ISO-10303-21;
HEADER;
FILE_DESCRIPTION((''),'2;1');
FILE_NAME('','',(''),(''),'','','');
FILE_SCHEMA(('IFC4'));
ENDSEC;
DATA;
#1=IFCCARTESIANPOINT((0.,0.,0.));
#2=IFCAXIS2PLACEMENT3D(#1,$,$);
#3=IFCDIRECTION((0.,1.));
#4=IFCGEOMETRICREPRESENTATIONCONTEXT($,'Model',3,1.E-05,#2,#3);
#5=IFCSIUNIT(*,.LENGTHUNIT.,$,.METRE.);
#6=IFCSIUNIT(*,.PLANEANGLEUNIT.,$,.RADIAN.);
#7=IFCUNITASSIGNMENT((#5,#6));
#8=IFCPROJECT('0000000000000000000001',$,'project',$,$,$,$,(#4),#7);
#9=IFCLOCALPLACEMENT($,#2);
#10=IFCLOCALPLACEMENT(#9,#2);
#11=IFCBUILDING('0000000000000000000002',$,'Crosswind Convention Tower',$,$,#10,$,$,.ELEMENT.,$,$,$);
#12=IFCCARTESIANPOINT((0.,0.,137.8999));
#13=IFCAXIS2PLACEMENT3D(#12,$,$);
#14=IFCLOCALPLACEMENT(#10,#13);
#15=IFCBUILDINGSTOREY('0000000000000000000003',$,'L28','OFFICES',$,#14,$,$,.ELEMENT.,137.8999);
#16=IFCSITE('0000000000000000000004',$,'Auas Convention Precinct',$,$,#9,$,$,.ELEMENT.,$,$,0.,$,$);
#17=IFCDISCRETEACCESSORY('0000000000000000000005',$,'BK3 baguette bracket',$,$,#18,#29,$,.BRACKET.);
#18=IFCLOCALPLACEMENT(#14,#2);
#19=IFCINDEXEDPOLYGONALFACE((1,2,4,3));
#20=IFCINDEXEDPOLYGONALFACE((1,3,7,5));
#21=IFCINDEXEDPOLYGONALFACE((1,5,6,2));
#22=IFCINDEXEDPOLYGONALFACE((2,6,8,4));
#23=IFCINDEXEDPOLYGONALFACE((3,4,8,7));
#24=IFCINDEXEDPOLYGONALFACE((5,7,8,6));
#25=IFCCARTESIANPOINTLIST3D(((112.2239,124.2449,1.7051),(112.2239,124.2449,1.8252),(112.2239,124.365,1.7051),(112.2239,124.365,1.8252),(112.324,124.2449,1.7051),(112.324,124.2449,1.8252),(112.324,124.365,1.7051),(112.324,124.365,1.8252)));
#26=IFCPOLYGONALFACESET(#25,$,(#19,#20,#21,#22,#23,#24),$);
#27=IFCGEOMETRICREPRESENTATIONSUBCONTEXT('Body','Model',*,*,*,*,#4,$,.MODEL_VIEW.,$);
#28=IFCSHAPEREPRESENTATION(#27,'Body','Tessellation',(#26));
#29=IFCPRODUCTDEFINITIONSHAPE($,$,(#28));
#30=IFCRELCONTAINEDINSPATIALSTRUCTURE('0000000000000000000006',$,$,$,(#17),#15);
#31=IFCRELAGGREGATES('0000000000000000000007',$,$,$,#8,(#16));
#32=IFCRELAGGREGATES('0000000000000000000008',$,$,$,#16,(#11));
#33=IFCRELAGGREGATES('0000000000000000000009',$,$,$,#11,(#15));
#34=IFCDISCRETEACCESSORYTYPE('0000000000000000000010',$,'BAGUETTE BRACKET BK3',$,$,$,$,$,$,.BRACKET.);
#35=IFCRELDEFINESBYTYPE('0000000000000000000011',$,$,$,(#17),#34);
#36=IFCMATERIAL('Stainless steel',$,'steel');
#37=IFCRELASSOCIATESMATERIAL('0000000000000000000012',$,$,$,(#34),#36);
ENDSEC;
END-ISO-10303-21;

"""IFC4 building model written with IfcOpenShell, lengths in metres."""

from ifc_helpers import new_model, si_unit, direction, frame, origin, origin_2d, place, context, subcontext, project, spatial, rectangle, extrude, material, type_object, element, save


model = new_model("IFC4")

# Units and contexts
model_context = context("Model", 3, precision=1e-05, world=origin(), true_north=direction((0.0, 1.0)))
body_context = subcontext(model_context, "Body", "Model", "MODEL_VIEW")
ifc_project = project(units=[si_unit("LENGTHUNIT", "METRE"), si_unit("PLANEANGLEUNIT", "RADIAN")], contexts=[model_context])

# Site, building, storey
site_placement = place(None, origin())
site = spatial("IfcSite", under=ifc_project, at=site_placement, Name="Auas Convention Precinct", CompositionType="ELEMENT", RefElevation=0.0)
building_placement = place(site_placement, origin())
building = spatial("IfcBuilding", under=site, at=building_placement, Name="Crosswind Convention Tower", CompositionType="ELEMENT")
storey_placement = place(building_placement, frame((0.0, 0.0, 137.8999)))
storey = spatial("IfcBuildingStorey", under=building, at=storey_placement, Name="L28", Description="OFFICES", CompositionType="ELEMENT", Elevation=137.8999)

# Discrete accessory
ifc_material_1 = material(Name="Stainless steel", Category="steel")
discrete_accessory_type = type_object("IfcDiscreteAccessoryType", Name="BAGUETTE BRACKET BK3", PredefinedType="BRACKET", material=ifc_material_1)
discrete_accessory_placement = place(storey_placement, frame((112.2739, 124.3049, 1.7051), z_axis=(0.0, 0.0, 1.0), x_axis=(0.0, -1.0, 0.0)))
element("IfcDiscreteAccessory", 1, at=discrete_accessory_placement, inside=storey, type_object=discrete_accessory_type, Name="BK3 baguette bracket", PredefinedType="BRACKET", context=body_context, shape_type="SweptSolid", body=[
    extrude(rectangle(XDim=0.1201, YDim=0.1001, at=origin_2d()), origin(), (0.0, 0.0, 1.0), 0.1201),
])

save(model, "model.ifc")
